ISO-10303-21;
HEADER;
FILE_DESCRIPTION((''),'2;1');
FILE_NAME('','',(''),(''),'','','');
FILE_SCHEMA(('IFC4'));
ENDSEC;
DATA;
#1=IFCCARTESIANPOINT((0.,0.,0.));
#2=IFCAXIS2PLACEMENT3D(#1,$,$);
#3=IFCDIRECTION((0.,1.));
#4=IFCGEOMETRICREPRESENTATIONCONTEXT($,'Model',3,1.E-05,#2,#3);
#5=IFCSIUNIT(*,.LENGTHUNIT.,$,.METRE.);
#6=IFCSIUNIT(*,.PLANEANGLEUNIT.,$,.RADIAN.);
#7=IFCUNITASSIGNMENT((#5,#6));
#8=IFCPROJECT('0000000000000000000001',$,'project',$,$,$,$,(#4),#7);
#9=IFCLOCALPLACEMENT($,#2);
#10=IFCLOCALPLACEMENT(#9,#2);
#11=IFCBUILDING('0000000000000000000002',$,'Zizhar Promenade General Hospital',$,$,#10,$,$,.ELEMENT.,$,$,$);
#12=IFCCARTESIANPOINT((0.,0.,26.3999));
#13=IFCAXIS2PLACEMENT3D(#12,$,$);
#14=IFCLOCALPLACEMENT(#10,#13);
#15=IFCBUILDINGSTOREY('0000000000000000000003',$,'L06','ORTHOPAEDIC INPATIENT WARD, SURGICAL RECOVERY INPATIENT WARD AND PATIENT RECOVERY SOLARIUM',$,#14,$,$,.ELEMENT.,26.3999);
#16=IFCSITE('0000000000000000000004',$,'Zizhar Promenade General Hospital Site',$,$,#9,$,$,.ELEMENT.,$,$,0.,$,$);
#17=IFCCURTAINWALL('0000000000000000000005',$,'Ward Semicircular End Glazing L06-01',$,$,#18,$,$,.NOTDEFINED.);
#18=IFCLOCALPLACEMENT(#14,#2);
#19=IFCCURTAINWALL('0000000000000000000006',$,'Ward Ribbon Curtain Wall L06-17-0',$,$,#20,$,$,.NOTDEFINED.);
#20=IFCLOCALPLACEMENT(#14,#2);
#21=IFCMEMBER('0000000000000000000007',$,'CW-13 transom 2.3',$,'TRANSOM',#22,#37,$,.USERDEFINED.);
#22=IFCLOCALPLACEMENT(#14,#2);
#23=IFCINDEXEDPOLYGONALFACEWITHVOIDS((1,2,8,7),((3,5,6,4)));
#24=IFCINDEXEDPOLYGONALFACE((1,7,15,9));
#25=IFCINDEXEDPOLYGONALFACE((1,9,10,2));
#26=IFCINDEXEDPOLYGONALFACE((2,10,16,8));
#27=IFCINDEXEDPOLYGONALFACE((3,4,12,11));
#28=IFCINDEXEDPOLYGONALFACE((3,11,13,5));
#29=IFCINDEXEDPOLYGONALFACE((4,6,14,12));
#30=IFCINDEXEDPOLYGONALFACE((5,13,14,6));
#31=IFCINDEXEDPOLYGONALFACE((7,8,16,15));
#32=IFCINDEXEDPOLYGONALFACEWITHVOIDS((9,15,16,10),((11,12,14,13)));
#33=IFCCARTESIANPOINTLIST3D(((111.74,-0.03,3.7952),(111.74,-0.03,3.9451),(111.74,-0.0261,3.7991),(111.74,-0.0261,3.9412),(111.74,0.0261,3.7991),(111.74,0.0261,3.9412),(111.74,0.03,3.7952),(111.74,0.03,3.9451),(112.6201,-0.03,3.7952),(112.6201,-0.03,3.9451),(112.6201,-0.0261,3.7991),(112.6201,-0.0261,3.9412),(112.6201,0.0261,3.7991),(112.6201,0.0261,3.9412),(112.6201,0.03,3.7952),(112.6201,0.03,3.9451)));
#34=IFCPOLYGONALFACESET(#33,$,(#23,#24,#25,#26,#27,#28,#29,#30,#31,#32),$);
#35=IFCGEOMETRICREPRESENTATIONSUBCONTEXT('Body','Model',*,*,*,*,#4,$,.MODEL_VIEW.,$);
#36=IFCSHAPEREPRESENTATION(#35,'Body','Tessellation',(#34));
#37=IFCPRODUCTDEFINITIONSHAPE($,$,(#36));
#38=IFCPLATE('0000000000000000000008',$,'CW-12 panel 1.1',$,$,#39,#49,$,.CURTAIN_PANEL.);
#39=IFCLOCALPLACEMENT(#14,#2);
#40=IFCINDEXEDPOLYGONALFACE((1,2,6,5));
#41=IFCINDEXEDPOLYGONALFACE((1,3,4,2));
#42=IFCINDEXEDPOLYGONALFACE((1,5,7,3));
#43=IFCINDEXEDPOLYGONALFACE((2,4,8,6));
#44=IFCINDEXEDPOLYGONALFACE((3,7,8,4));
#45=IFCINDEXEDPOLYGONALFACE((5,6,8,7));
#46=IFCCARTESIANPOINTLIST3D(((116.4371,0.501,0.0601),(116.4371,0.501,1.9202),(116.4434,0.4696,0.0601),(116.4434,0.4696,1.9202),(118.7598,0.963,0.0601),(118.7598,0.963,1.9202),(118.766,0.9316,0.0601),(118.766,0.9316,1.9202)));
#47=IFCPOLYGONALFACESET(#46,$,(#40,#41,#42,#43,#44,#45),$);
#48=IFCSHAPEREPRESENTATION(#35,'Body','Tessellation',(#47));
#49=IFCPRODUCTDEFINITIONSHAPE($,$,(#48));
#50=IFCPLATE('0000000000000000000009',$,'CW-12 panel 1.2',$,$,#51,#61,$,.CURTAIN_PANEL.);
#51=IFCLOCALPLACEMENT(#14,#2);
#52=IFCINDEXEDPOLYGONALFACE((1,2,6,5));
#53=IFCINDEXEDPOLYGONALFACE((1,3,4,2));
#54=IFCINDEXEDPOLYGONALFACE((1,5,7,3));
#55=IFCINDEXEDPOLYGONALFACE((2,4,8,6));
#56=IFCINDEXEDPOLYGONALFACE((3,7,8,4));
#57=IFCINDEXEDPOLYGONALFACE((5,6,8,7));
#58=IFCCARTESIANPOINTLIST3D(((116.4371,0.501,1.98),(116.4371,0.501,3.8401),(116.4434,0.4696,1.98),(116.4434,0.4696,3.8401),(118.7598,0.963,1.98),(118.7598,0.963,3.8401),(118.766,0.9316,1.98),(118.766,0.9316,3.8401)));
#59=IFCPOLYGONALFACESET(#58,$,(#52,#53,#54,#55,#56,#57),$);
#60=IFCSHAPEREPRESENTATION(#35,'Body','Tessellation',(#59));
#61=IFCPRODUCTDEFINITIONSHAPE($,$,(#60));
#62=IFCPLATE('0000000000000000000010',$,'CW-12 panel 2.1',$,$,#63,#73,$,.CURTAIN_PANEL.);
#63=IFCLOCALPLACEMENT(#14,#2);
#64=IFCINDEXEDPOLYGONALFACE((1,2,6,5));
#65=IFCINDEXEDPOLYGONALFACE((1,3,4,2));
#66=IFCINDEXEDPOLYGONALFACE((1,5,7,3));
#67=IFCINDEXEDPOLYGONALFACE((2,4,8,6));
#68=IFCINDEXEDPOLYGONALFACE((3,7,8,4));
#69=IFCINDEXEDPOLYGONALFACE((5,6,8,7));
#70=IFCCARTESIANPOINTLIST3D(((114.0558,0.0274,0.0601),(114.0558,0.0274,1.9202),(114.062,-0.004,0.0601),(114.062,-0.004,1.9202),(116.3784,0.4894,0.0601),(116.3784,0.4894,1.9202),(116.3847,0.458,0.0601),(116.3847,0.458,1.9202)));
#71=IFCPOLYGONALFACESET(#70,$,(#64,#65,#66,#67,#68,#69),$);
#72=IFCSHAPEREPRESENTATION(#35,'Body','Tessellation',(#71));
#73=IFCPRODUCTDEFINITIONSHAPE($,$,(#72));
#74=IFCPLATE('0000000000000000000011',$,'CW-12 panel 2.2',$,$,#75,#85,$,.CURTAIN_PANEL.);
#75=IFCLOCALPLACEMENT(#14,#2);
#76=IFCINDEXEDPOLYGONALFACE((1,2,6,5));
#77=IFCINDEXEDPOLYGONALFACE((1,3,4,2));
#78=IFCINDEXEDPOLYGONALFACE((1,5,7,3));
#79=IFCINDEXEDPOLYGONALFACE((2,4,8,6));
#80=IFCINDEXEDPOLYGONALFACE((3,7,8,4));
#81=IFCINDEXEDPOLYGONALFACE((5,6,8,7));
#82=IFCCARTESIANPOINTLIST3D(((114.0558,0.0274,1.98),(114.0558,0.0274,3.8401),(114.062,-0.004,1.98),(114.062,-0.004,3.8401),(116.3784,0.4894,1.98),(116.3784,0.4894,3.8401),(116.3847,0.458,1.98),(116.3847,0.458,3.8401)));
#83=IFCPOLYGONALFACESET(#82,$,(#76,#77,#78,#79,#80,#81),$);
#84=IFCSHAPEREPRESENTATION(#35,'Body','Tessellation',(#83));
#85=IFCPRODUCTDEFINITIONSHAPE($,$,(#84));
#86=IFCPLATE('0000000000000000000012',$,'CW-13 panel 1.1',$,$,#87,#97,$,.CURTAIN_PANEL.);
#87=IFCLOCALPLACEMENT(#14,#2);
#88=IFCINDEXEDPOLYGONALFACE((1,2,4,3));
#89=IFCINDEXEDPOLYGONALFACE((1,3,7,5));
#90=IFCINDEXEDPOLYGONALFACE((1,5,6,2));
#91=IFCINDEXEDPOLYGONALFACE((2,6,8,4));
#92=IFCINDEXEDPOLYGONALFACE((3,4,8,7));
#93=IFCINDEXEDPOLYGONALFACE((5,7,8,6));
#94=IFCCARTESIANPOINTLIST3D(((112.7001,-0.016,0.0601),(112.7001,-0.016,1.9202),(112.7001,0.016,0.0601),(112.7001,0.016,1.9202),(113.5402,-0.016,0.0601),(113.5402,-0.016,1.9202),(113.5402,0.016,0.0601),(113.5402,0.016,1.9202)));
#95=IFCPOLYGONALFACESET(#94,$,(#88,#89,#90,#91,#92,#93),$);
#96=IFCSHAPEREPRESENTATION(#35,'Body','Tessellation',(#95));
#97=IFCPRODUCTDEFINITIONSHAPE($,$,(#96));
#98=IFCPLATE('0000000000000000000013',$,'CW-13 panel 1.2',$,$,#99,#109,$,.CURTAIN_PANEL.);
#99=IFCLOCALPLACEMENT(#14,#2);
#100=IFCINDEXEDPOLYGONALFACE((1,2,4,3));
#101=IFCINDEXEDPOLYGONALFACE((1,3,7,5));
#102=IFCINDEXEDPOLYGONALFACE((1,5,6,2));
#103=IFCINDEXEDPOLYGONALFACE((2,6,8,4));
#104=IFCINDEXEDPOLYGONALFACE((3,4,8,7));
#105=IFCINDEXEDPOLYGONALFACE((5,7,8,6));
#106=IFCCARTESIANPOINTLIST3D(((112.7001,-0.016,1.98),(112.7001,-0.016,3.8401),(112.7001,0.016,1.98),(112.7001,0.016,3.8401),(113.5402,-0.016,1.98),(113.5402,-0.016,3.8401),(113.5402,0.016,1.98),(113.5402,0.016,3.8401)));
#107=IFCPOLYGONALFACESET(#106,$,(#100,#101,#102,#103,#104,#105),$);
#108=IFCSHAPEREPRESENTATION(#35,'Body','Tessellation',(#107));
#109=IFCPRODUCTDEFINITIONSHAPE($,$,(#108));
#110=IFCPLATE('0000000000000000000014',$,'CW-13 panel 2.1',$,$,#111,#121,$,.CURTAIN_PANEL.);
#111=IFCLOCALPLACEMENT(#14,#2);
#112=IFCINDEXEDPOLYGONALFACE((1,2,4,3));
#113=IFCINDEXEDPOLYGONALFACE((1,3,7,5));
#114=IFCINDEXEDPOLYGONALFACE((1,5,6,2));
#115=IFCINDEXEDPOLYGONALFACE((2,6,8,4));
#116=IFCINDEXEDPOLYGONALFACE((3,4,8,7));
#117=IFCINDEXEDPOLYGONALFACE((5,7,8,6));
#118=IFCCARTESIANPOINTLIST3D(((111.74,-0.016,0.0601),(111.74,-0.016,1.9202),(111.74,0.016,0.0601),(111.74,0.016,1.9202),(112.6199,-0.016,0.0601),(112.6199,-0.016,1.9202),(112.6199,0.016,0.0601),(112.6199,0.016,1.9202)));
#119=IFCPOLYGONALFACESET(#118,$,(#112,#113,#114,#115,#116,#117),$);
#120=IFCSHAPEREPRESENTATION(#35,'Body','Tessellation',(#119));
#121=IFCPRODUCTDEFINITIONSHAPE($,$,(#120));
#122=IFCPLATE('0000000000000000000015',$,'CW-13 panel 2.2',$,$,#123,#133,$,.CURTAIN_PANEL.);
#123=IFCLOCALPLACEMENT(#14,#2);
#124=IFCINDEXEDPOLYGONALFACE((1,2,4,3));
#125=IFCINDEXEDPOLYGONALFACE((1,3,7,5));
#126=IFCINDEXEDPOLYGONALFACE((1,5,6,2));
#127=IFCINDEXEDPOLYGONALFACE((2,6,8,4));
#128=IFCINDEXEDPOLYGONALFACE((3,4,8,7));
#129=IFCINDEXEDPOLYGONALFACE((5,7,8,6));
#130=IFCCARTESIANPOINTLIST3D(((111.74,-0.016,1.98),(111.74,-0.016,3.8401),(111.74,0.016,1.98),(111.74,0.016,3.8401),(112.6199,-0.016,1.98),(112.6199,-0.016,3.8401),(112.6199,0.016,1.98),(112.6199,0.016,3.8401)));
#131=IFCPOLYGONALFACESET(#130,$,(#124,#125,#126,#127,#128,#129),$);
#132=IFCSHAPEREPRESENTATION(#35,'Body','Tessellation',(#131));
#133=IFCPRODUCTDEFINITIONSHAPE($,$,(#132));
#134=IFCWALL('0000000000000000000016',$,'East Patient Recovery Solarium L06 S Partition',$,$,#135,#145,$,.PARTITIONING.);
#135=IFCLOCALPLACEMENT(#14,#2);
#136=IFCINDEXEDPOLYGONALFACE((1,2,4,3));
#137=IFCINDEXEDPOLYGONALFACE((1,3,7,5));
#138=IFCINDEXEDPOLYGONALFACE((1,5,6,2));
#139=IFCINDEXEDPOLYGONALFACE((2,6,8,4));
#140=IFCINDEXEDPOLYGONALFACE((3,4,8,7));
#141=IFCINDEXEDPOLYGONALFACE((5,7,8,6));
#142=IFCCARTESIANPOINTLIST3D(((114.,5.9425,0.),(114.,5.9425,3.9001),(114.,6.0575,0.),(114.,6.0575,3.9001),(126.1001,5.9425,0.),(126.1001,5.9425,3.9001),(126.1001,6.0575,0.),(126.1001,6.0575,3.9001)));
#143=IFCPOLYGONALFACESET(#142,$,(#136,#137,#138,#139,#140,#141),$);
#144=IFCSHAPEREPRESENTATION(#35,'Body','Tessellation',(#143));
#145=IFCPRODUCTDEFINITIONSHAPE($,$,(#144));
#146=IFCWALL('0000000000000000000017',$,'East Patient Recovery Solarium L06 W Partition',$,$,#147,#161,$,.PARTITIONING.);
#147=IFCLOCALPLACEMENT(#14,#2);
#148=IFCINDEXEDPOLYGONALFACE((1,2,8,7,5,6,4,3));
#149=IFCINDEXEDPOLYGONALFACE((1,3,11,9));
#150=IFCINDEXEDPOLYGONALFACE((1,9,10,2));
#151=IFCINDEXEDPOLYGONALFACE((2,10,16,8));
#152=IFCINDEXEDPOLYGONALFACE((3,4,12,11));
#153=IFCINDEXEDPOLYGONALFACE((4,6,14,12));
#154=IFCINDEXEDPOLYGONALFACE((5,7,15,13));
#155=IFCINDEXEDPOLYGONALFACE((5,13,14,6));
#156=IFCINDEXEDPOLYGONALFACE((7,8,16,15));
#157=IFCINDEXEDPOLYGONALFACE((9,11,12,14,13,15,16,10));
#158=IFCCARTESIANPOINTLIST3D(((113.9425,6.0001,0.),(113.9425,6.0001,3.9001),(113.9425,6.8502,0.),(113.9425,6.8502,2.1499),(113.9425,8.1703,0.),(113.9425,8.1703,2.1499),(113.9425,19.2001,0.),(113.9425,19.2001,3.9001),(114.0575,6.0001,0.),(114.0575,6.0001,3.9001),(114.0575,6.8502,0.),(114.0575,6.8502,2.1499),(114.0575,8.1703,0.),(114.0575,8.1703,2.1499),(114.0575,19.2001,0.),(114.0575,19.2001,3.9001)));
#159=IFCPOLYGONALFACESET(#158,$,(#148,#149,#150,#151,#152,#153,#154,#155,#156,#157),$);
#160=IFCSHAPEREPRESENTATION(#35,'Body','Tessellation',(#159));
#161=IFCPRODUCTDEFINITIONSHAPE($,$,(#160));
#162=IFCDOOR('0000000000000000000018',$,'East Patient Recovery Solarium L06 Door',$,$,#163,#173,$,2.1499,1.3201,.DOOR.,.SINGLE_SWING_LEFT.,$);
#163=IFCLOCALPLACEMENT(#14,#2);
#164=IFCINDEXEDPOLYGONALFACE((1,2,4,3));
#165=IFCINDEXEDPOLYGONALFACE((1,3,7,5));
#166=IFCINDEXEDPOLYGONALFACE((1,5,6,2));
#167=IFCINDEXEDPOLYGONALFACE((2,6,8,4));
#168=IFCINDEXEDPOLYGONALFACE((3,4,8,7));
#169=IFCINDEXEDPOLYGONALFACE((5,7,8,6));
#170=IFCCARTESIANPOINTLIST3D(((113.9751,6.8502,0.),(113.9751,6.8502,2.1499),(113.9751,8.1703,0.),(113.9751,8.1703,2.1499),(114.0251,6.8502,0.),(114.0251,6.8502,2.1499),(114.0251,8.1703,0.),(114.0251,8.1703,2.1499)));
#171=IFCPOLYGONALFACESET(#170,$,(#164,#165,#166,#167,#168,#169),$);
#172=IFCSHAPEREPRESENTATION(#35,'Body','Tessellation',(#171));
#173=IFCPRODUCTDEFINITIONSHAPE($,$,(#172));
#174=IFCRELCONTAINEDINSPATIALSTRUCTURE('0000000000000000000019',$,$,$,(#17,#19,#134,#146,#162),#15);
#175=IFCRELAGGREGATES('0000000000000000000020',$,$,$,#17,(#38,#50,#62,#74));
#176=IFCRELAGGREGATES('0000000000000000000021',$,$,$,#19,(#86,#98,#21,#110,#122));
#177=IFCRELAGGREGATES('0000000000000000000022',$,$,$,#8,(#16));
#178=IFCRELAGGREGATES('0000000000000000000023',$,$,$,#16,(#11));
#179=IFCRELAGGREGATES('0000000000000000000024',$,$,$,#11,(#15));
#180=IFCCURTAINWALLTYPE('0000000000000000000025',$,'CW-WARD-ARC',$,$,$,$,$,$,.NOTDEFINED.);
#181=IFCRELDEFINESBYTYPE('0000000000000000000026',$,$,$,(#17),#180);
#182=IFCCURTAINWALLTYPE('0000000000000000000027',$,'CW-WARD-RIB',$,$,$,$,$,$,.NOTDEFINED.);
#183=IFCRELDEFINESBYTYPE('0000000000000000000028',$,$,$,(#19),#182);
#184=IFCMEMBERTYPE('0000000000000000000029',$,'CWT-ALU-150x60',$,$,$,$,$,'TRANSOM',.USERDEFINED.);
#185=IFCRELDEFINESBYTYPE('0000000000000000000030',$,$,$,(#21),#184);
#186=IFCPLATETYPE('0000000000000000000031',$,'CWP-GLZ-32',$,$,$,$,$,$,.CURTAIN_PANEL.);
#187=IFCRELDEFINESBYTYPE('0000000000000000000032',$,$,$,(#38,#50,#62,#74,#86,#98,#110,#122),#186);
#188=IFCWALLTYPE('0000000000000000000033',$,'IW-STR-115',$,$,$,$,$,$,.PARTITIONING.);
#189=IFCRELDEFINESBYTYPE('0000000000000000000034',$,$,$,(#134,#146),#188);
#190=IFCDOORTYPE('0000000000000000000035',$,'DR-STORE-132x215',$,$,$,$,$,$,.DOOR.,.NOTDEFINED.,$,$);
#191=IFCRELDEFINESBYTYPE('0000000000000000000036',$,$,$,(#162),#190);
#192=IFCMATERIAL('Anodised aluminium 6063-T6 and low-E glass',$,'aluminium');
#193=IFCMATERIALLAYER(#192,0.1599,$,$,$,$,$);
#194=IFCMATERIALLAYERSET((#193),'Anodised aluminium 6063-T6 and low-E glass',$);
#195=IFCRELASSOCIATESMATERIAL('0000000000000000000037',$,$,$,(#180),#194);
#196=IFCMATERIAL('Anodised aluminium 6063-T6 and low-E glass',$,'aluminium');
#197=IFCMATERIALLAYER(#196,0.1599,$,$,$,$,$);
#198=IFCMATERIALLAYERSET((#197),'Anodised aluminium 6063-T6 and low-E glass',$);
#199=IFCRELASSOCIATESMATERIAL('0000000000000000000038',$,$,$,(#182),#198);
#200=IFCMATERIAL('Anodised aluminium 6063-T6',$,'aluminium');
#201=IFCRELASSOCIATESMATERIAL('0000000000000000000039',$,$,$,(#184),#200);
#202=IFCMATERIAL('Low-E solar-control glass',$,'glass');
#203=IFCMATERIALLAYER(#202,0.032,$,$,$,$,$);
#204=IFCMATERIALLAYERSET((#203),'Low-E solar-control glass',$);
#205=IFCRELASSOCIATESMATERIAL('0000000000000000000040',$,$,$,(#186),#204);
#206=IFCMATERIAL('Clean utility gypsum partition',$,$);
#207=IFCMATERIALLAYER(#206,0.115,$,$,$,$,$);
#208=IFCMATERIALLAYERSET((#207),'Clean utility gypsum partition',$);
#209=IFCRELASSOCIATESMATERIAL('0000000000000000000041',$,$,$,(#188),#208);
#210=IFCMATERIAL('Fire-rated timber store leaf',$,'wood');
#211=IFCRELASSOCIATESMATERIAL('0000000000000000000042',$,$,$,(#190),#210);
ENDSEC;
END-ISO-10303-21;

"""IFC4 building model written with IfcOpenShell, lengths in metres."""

from ifc_helpers import new_model, si_unit, direction, frame, frame_2d, origin, origin_2d, place, context, subcontext, project, spatial, rectangle, hollow_rectangle, extrude, material, layer, layer_set, material_profile, profile_set, type_object, element, fill, aggregate, save


model = new_model("IFC4")

# Units and contexts
model_context = context("Model", 3, precision=1e-05, world=origin(), true_north=direction((0.0, 1.0)))
body_context = subcontext(model_context, "Body", "Model", "MODEL_VIEW")
ifc_project = project(units=[si_unit("LENGTHUNIT", "METRE"), si_unit("PLANEANGLEUNIT", "RADIAN")], contexts=[model_context])

# Site, building, storey
site_placement = place(None, origin())
site = spatial("IfcSite", under=ifc_project, at=site_placement, Name="Zizhar Promenade General Hospital Site", CompositionType="ELEMENT", RefElevation=0.0)
building_placement = place(site_placement, origin())
building = spatial("IfcBuilding", under=site, at=building_placement, Name="Zizhar Promenade General Hospital", CompositionType="ELEMENT")
storey_placement = place(building_placement, frame((0.0, 0.0, 26.3999)))
storey = spatial("IfcBuildingStorey", under=building, at=storey_placement, Name="L06", Description="ORTHOPAEDIC INPATIENT WARD, SURGICAL RECOVERY INPATIENT WARD AND PATIENT RECOVERY SOLARIUM", CompositionType="ELEMENT", Elevation=26.3999)

# Curtain wall
ifc_material_1 = material(Name="Anodised aluminium 6063-T6 and low-E glass", Category="aluminium")
ifc_layer_1 = layer(ifc_material_1, 0.1599)
ifc_layer_set_1 = layer_set([ifc_layer_1], Name="Anodised aluminium 6063-T6 and low-E glass")
curtain_wall_type_1 = type_object("IfcCurtainWallType", Name="CW-WARD-ARC", PredefinedType="NOTDEFINED", material=ifc_layer_set_1)
curtain_wall_1_placement = place(storey_placement, origin())
curtain_wall_1 = element("IfcCurtainWall", 1, at=curtain_wall_1_placement, inside=storey, type_object=curtain_wall_type_1, Name="Ward Semicircular End Glazing L06-01", PredefinedType="NOTDEFINED")

# Curtain wall
ifc_material_2 = material(Name="Anodised aluminium 6063-T6 and low-E glass", Category="aluminium")
ifc_layer_2 = layer(ifc_material_2, 0.1599)
ifc_layer_set_2 = layer_set([ifc_layer_2], Name="Anodised aluminium 6063-T6 and low-E glass")
curtain_wall_type_2 = type_object("IfcCurtainWallType", Name="CW-WARD-RIB", PredefinedType="NOTDEFINED", material=ifc_layer_set_2)
curtain_wall_2_placement = place(storey_placement, origin())
curtain_wall_2 = element("IfcCurtainWall", 2, at=curtain_wall_2_placement, inside=storey, type_object=curtain_wall_type_2, Name="Ward Ribbon Curtain Wall L06-17-0", PredefinedType="NOTDEFINED")

# Member
ifc_material_3 = material(Name="Anodised aluminium 6063-T6", Category="aluminium")
ifc_material_profile_1 = material_profile(ifc_material_3, hollow_rectangle(XDim=0.0601, YDim=0.1499, WallThickness=0.0039, at=origin_2d()))
ifc_profile_set_1 = profile_set([ifc_material_profile_1], Name="Anodised aluminium 6063-T6")
member_type_1 = type_object("IfcMemberType", Name="CWT-ALU-150x60", ElementType="TRANSOM", PredefinedType="USERDEFINED", material=ifc_profile_set_1)
member_1_placement = place(storey_placement, frame((112.6201, 0.0, 3.8701), z_axis=(-1.0, 0.0, 0.0), x_axis=(0.0, -1.0, 0.0)))
member_1 = element("IfcMember", 3, at=member_1_placement, type_object=member_type_1, Name="CW-13 transom 2.3", ObjectType="TRANSOM", PredefinedType="USERDEFINED", context=body_context, shape_type="SweptSolid", body=[
    extrude(hollow_rectangle(XDim=0.0601, YDim=0.1499, WallThickness=0.0039, at=origin_2d()), origin(), (0.0, 0.0, 1.0), 0.8801),
])

# Plates
ifc_material_4 = material(Name="Low-E solar-control glass", Category="glass")
ifc_layer_3 = layer(ifc_material_4, 0.032)
ifc_layer_set_3 = layer_set([ifc_layer_3], Name="Low-E solar-control glass")
plate_type = type_object("IfcPlateType", Name="CWP-GLZ-32", PredefinedType="CURTAIN_PANEL", material=ifc_layer_set_3)
plate_1_placement = place(storey_placement, frame((117.6016, 0.7163, 0.0601), z_axis=(0.0, 0.0, 1.0), x_axis=(-0.980786, -0.195087, 0.0)))
plate_1 = element("IfcPlate", 4, at=plate_1_placement, type_object=plate_type, Name="CW-12 panel 1.1", PredefinedType="CURTAIN_PANEL", context=body_context, shape_type="SweptSolid", body=[
    extrude(rectangle(XDim=2.3682, YDim=0.032, at=origin_2d()), origin(), (0.0, 0.0, 1.0), 1.8601),
])
plate_2_placement = place(storey_placement, frame((117.6016, 0.7163, 1.98), z_axis=(0.0, 0.0, 1.0), x_axis=(-0.980786, -0.195087, 0.0)))
plate_2 = element("IfcPlate", 5, at=plate_2_placement, type_object=plate_type, Name="CW-12 panel 1.2", PredefinedType="CURTAIN_PANEL", context=body_context, shape_type="SweptSolid", body=[
    extrude(rectangle(XDim=2.3682, YDim=0.032, at=origin_2d()), origin(), (0.0, 0.0, 1.0), 1.8601),
])
plate_3_placement = place(storey_placement, frame((115.2202, 0.2427, 0.0601), z_axis=(0.0, 0.0, 1.0), x_axis=(-0.980786, -0.195087, 0.0)))
plate_3 = element("IfcPlate", 6, at=plate_3_placement, type_object=plate_type, Name="CW-12 panel 2.1", PredefinedType="CURTAIN_PANEL", context=body_context, shape_type="SweptSolid", body=[
    extrude(rectangle(XDim=2.3682, YDim=0.032, at=origin_2d()), origin(), (0.0, 0.0, 1.0), 1.8601),
])
plate_4_placement = place(storey_placement, frame((115.2202, 0.2427, 1.98), z_axis=(0.0, 0.0, 1.0), x_axis=(-0.980786, -0.195087, 0.0)))
plate_4 = element("IfcPlate", 7, at=plate_4_placement, type_object=plate_type, Name="CW-12 panel 2.2", PredefinedType="CURTAIN_PANEL", context=body_context, shape_type="SweptSolid", body=[
    extrude(rectangle(XDim=2.3682, YDim=0.032, at=origin_2d()), origin(), (0.0, 0.0, 1.0), 1.8601),
])
aggregate(curtain_wall_1, [plate_1, plate_2, plate_3, plate_4])
plate_5_placement = place(storey_placement, frame((113.1201, 0.0, 0.0601), z_axis=(0.0, 0.0, 1.0), x_axis=(-1.0, 0.0, 0.0)))
plate_5 = element("IfcPlate", 8, at=plate_5_placement, type_object=plate_type, Name="CW-13 panel 1.1", PredefinedType="CURTAIN_PANEL", context=body_context, shape_type="SweptSolid", body=[
    extrude(rectangle(XDim=0.8401, YDim=0.032, at=origin_2d()), origin(), (0.0, 0.0, 1.0), 1.8601),
])
plate_6_placement = place(storey_placement, frame((113.1201, 0.0, 1.98), z_axis=(0.0, 0.0, 1.0), x_axis=(-1.0, 0.0, 0.0)))
plate_6 = element("IfcPlate", 9, at=plate_6_placement, type_object=plate_type, Name="CW-13 panel 1.2", PredefinedType="CURTAIN_PANEL", context=body_context, shape_type="SweptSolid", body=[
    extrude(rectangle(XDim=0.8401, YDim=0.032, at=origin_2d()), origin(), (0.0, 0.0, 1.0), 1.8601),
])
plate_7_placement = place(storey_placement, frame((112.1799, 0.0, 0.0601), z_axis=(0.0, 0.0, 1.0), x_axis=(-1.0, 0.0, 0.0)))
plate_7 = element("IfcPlate", 10, at=plate_7_placement, type_object=plate_type, Name="CW-13 panel 2.1", PredefinedType="CURTAIN_PANEL", context=body_context, shape_type="SweptSolid", body=[
    extrude(rectangle(XDim=0.8799, YDim=0.032, at=origin_2d()), origin(), (0.0, 0.0, 1.0), 1.8601),
])
plate_8_placement = place(storey_placement, frame((112.1799, 0.0, 1.98), z_axis=(0.0, 0.0, 1.0), x_axis=(-1.0, 0.0, 0.0)))
plate_8 = element("IfcPlate", 11, at=plate_8_placement, type_object=plate_type, Name="CW-13 panel 2.2", PredefinedType="CURTAIN_PANEL", context=body_context, shape_type="SweptSolid", body=[
    extrude(rectangle(XDim=0.8799, YDim=0.032, at=origin_2d()), origin(), (0.0, 0.0, 1.0), 1.8601),
])
aggregate(curtain_wall_2, [plate_5, plate_6, member_1, plate_7, plate_8])

# Wall
ifc_material_5 = material(Name="Clean utility gypsum partition")
ifc_layer_4 = layer(ifc_material_5, 0.115)
ifc_layer_set_4 = layer_set([ifc_layer_4], Name="Clean utility gypsum partition")
wall_type = type_object("IfcWallType", Name="IW-STR-115", PredefinedType="PARTITIONING", material=ifc_layer_set_4)
wall_1_placement = place(storey_placement, frame((114.0, 6.0, 0.0), z_axis=(0.0, 0.0, 1.0), x_axis=(1.0, 0.0, 0.0)))
element("IfcWall", 12, at=wall_1_placement, inside=storey, type_object=wall_type, Name="East Patient Recovery Solarium L06 S Partition", PredefinedType="PARTITIONING", context=body_context, shape_type="SweptSolid", body=[
    extrude(rectangle(XDim=12.1001, YDim=0.115, at=frame_2d((6.05, 0.0))), origin(), (0.0, 0.0, 1.0), 3.9001),
])

# Wall, opening, door
wall_2_placement = place(storey_placement, frame((114.0, 6.0, 0.0), z_axis=(0.0, 0.0, 1.0), x_axis=(0.0, 1.0, 0.0)))
wall_2 = element("IfcWall", 13, at=wall_2_placement, inside=storey, type_object=wall_type, Name="East Patient Recovery Solarium L06 W Partition", PredefinedType="PARTITIONING", context=body_context, shape_type="SweptSolid", body=[
    extrude(rectangle(XDim=13.2, YDim=0.115, at=frame_2d((6.6001, 0.0))), origin(), (0.0, 0.0, 1.0), 3.9001),
])
opening_placement = place(wall_2_placement, frame((0.8501, 0.0, 0.0)))
opening = element("IfcOpeningElement", 14, at=opening_placement, cuts=wall_2, PredefinedType="OPENING", context=body_context, shape_type="SweptSolid", body=[
    extrude(rectangle(XDim=1.3201, YDim=2.1499, at=frame_2d((0.6602, 1.075))), frame((0.0, 0.0674, 0.0), z_axis=(0.0, -1.0, 0.0), x_axis=(1.0, 0.0, 0.0)), (0.0, 0.0, 1.0), 0.135),
])
ifc_material_6 = material(Name="Fire-rated timber store leaf", Category="wood")
door_type = type_object("IfcDoorType", Name="DR-STORE-132x215", OperationType="NOTDEFINED", PredefinedType="DOOR", material=ifc_material_6)
door_placement = place(opening_placement, origin())
door = element("IfcDoor", 15, at=door_placement, inside=storey, type_object=door_type, Name="East Patient Recovery Solarium L06 Door", OperationType="SINGLE_SWING_LEFT", OverallHeight=2.1499, OverallWidth=1.3201, PredefinedType="DOOR", context=body_context, shape_type="SweptSolid", body=[
    extrude(rectangle(XDim=1.3201, YDim=2.1499, at=frame_2d((0.6602, 1.075))), frame((0.0, 0.0249, 0.0), z_axis=(0.0, -1.0, 0.0), x_axis=(1.0, 0.0, 0.0)), (0.0, 0.0, 1.0), 0.05),
])
fill(opening, door)

save(model, "model.ifc")
